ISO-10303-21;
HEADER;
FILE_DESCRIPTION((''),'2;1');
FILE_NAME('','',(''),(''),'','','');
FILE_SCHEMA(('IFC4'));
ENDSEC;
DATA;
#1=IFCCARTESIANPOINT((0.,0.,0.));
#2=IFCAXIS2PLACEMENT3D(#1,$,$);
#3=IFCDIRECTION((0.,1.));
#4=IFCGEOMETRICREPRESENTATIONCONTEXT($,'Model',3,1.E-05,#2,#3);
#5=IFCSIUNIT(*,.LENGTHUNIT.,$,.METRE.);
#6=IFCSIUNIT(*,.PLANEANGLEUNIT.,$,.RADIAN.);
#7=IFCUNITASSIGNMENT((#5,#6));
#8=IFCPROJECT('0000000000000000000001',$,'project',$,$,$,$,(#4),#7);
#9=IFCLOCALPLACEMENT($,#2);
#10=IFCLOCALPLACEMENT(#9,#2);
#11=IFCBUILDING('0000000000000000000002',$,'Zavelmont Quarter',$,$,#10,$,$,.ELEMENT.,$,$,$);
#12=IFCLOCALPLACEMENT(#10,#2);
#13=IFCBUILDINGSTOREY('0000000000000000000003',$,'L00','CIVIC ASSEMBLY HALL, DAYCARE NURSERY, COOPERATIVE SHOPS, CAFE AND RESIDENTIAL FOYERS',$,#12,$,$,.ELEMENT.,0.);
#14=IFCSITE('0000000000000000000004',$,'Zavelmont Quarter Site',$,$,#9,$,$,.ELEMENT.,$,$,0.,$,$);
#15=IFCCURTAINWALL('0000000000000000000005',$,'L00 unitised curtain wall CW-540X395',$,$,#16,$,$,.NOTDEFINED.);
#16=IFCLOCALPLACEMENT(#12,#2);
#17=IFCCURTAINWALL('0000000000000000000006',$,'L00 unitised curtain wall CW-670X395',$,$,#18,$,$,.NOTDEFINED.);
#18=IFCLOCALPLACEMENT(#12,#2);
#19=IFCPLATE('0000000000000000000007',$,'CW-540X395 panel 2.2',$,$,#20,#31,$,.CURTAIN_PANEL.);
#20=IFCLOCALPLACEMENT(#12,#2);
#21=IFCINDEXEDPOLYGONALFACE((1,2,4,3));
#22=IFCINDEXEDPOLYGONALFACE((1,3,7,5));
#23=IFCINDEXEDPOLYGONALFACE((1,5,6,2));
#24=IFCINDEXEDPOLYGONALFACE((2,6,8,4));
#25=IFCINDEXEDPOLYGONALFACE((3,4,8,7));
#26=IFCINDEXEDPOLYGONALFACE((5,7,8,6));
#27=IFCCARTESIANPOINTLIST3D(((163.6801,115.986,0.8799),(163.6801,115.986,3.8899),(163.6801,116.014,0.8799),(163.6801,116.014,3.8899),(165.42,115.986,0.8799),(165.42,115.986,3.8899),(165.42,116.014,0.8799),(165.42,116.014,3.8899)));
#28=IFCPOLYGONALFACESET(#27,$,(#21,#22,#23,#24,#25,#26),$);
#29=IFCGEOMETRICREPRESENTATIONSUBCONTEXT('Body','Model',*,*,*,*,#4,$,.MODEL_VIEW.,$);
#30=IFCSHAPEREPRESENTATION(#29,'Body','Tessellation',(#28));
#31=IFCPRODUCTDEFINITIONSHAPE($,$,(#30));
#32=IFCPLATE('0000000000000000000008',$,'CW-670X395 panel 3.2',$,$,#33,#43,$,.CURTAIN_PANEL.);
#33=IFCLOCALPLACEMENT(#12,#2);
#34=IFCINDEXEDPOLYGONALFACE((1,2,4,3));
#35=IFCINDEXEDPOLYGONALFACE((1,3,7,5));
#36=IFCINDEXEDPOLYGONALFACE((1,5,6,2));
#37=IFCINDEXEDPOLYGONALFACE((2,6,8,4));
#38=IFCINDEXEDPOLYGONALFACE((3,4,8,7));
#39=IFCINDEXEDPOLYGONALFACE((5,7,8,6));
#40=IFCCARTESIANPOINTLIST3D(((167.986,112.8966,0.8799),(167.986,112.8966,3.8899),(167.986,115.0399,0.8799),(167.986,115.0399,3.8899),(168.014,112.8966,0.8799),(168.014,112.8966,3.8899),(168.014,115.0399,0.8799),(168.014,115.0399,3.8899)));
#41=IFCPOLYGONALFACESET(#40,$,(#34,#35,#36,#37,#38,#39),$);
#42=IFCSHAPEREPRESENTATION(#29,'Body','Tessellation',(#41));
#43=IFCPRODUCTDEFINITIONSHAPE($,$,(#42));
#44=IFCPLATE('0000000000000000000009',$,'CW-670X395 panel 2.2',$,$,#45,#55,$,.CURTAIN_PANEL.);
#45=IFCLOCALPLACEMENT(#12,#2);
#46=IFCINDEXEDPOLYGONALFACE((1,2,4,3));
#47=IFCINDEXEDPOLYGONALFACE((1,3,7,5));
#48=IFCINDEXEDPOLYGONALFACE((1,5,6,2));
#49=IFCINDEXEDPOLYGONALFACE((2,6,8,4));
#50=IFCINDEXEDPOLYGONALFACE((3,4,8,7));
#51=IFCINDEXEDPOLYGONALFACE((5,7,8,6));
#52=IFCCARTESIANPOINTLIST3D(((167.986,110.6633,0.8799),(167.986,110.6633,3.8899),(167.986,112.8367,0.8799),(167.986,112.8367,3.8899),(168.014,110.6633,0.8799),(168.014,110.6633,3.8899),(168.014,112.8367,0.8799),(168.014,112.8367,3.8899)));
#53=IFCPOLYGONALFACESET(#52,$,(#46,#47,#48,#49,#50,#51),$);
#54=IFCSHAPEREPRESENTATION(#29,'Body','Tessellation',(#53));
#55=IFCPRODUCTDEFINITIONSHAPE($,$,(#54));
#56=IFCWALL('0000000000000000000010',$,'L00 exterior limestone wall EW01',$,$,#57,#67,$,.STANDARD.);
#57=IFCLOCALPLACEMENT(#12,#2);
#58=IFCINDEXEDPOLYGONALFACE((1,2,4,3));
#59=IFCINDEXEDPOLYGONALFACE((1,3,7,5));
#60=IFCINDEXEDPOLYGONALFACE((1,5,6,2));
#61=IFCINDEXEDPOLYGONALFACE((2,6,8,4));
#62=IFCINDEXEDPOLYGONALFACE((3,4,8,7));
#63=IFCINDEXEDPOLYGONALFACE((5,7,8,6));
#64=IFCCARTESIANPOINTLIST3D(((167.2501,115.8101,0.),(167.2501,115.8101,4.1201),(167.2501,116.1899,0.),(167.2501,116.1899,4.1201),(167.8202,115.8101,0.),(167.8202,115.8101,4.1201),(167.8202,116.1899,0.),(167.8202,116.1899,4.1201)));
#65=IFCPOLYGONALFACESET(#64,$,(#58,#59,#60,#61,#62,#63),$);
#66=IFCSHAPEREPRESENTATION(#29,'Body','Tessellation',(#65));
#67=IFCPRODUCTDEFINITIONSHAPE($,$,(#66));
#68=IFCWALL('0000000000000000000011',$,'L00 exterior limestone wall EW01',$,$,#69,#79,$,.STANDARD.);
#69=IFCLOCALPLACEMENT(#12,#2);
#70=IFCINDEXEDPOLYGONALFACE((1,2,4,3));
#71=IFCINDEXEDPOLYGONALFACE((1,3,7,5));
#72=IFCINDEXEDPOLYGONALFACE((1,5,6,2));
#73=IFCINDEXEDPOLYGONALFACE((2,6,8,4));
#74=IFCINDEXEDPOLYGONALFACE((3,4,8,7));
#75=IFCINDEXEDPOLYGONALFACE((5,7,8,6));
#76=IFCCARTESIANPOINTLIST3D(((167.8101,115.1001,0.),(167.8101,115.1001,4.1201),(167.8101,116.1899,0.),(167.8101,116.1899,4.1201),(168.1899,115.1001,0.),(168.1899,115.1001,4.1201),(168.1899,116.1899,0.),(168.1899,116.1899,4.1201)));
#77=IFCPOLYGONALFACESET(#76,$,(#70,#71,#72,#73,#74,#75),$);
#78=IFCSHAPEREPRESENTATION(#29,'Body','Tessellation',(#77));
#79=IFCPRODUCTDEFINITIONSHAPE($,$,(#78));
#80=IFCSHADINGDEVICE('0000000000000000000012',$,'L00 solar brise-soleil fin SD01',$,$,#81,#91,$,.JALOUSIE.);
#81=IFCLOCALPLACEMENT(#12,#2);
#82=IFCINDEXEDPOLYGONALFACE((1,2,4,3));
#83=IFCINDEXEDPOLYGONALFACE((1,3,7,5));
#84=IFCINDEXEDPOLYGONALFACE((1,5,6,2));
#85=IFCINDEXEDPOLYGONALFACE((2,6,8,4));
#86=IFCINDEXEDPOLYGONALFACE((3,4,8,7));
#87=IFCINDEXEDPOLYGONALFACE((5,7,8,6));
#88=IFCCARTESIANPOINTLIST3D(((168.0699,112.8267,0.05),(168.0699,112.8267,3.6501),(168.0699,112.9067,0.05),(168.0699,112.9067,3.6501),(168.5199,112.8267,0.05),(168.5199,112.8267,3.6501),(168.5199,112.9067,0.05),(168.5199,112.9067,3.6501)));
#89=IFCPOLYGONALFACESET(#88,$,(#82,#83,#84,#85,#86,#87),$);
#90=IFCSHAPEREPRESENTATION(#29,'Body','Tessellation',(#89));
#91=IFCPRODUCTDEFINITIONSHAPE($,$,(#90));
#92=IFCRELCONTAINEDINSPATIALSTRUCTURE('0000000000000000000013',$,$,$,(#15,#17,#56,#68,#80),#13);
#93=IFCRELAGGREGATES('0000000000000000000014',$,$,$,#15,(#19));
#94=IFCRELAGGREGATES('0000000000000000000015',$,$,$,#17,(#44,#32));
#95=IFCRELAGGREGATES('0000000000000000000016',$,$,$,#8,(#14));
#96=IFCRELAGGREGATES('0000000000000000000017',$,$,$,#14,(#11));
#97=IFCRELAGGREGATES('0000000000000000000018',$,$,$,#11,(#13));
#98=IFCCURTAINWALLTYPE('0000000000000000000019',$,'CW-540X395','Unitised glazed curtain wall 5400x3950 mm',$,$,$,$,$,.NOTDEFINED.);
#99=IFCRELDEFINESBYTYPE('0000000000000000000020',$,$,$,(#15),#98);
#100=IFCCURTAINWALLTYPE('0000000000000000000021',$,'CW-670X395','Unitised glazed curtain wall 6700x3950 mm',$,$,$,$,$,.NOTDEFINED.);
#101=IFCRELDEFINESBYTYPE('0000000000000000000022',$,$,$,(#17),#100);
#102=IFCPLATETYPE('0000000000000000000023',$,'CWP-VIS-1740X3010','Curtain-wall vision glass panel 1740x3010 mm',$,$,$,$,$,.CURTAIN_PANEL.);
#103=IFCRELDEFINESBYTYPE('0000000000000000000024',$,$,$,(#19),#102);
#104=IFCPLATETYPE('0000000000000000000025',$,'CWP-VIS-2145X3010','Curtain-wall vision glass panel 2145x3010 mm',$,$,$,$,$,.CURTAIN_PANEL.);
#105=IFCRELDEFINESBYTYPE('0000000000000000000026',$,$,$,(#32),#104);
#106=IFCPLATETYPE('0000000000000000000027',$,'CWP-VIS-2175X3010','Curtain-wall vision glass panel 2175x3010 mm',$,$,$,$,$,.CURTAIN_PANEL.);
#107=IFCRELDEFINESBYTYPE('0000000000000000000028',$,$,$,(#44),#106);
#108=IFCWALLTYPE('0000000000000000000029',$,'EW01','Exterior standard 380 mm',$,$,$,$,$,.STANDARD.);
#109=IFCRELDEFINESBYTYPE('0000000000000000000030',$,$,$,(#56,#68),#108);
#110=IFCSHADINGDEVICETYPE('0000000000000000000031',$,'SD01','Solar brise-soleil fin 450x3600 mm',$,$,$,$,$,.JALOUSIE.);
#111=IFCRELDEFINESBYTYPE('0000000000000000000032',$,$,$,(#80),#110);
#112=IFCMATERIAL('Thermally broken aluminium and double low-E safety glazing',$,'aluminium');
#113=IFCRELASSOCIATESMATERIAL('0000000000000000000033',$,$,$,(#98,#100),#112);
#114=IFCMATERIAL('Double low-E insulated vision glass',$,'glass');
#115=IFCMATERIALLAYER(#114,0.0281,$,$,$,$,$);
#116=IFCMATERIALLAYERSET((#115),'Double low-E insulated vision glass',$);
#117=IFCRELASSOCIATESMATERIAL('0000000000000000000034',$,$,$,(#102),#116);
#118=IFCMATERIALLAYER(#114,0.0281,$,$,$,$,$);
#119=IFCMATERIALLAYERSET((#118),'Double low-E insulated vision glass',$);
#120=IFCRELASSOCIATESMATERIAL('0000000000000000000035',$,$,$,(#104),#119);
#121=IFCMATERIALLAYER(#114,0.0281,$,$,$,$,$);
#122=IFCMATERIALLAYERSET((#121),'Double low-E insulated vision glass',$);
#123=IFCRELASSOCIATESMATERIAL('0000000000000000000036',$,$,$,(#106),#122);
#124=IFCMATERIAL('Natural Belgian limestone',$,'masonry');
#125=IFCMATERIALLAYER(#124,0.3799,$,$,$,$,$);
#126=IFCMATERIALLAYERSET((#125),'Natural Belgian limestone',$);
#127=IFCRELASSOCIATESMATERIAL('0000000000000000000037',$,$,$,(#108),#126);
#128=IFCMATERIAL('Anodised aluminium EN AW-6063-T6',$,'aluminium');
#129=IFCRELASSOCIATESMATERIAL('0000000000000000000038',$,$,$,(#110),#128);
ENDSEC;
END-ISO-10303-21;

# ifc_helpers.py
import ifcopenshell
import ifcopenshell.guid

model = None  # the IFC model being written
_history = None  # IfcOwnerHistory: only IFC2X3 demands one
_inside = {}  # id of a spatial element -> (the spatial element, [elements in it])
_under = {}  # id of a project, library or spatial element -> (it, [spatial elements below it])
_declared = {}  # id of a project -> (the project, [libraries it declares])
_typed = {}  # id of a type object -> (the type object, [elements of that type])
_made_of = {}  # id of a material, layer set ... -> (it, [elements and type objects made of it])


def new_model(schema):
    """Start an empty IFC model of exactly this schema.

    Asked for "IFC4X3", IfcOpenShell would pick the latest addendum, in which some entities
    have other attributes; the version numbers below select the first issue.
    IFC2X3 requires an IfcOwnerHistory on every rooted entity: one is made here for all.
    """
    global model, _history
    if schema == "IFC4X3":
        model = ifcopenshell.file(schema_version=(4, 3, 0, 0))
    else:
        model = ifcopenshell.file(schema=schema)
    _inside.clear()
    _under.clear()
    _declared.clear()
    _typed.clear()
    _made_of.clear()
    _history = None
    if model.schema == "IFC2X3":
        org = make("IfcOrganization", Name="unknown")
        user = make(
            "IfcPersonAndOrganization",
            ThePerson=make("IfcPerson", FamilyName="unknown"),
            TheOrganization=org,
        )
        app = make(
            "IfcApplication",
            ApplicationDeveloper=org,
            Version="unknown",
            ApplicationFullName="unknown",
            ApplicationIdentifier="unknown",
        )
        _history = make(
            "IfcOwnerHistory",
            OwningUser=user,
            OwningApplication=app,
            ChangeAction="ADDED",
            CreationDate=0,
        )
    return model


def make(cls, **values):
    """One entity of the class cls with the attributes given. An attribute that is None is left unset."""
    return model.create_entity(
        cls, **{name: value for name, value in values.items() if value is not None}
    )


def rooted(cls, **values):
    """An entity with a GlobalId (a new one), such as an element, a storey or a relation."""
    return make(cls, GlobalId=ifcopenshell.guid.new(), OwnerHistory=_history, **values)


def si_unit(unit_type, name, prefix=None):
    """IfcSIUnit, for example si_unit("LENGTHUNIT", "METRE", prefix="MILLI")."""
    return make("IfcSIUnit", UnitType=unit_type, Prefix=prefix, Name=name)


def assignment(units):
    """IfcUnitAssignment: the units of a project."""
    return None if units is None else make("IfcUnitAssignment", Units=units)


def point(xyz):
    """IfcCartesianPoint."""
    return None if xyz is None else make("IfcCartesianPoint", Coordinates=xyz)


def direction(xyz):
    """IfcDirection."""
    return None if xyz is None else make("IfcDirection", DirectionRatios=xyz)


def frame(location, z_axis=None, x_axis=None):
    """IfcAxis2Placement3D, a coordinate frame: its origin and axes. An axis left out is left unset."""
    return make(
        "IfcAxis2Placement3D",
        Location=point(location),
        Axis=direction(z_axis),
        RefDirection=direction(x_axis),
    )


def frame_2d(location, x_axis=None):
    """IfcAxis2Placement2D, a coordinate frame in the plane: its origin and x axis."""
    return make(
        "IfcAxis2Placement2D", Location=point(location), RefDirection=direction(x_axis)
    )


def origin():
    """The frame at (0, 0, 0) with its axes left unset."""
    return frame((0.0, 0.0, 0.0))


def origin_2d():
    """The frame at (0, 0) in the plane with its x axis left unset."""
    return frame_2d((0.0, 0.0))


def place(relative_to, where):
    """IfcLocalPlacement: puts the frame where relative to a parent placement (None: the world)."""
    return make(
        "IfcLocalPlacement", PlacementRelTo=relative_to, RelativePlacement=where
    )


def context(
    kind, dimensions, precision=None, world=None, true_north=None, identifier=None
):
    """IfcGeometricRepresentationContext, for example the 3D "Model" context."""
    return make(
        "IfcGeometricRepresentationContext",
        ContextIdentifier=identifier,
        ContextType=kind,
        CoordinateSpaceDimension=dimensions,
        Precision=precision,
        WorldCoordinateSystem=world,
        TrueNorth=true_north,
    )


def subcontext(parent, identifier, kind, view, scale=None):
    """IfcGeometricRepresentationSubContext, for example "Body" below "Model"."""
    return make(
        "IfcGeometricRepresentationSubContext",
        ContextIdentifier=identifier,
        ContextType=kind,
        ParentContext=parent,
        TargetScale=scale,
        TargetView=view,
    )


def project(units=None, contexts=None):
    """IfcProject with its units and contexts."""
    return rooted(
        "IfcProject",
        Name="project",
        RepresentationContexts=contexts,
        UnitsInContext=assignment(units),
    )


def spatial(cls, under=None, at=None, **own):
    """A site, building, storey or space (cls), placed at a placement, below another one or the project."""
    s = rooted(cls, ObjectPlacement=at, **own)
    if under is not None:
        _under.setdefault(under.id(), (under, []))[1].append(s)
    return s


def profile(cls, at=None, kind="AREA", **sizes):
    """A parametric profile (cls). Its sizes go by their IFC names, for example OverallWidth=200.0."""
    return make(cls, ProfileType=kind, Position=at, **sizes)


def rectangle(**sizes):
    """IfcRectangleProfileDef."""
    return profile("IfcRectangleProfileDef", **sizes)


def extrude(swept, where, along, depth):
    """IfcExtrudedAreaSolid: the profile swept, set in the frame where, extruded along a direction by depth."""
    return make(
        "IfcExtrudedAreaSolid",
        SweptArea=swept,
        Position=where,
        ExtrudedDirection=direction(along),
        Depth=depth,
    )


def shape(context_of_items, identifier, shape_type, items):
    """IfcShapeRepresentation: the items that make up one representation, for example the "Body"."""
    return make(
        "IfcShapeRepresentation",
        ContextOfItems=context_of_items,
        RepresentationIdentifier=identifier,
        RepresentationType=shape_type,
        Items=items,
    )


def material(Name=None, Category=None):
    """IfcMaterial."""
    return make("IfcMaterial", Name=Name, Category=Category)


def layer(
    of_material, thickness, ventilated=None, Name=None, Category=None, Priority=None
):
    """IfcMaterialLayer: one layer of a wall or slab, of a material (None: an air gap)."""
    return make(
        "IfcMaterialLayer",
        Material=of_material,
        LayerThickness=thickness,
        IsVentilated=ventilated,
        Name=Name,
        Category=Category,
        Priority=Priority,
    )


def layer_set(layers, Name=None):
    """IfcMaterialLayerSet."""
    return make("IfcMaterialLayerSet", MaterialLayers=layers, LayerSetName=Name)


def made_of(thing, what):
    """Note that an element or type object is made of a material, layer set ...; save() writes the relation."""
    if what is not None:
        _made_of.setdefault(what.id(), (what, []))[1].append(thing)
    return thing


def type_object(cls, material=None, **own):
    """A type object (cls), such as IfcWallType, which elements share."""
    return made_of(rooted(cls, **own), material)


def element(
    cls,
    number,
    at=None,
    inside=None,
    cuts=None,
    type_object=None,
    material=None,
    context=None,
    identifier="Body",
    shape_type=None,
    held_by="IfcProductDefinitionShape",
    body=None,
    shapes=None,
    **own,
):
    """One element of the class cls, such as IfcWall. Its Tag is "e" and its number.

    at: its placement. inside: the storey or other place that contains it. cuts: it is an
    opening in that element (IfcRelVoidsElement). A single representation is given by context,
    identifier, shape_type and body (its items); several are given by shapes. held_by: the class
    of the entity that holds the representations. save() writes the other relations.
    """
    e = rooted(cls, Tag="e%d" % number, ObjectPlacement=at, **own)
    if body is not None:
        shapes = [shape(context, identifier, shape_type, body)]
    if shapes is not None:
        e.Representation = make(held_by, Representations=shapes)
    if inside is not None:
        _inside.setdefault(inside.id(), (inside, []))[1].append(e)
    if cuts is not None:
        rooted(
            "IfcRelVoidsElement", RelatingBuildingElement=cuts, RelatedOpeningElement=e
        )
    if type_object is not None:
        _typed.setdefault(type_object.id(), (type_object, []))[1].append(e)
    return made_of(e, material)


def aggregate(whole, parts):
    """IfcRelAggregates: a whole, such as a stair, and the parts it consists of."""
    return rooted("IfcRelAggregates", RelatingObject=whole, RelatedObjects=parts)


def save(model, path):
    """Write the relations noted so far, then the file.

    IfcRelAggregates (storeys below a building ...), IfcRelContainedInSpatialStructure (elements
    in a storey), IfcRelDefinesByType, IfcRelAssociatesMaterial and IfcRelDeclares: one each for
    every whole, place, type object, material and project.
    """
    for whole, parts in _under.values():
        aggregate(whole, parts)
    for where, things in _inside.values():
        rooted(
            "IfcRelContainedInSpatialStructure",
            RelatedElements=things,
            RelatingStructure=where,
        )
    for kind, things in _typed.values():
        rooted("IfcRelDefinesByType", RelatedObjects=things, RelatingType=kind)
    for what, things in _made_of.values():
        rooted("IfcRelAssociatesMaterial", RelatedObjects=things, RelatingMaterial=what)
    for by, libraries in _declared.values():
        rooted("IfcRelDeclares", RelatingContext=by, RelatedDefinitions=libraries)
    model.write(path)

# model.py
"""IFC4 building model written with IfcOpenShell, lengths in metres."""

from ifc_helpers import new_model, si_unit, direction, frame, frame_2d, origin, origin_2d, place, context, subcontext, project, spatial, rectangle, extrude, material, layer, layer_set, type_object, element, aggregate, save


model = new_model("IFC4")

# Units and contexts
model_context = context("Model", 3, precision=1e-05, world=origin(), true_north=direction((0.0, 1.0)))
body_context = subcontext(model_context, "Body", "Model", "MODEL_VIEW")
ifc_project = project(units=[si_unit("LENGTHUNIT", "METRE"), si_unit("PLANEANGLEUNIT", "RADIAN")], contexts=[model_context])

# Site, building, storey
site_placement = place(None, origin())
site = spatial("IfcSite", under=ifc_project, at=site_placement, Name="Zavelmont Quarter Site", CompositionType="ELEMENT", RefElevation=0.0)
building_placement = place(site_placement, origin())
building = spatial("IfcBuilding", under=site, at=building_placement, Name="Zavelmont Quarter", CompositionType="ELEMENT")
storey_placement = place(building_placement, origin())
storey = spatial("IfcBuildingStorey", under=building, at=storey_placement, Name="L00", Description="CIVIC ASSEMBLY HALL, DAYCARE NURSERY, COOPERATIVE SHOPS, CAFE AND RESIDENTIAL FOYERS", CompositionType="ELEMENT", Elevation=0.0)

# Curtain walls
ifc_material_1 = material(Name="Thermally broken aluminium and double low-E safety glazing", Category="aluminium")
curtain_wall_type_1 = type_object("IfcCurtainWallType", Name="CW-540X395", Description="Unitised glazed curtain wall 5400x3950 mm", PredefinedType="NOTDEFINED", material=ifc_material_1)
curtain_wall_1_placement = place(storey_placement, origin())
curtain_wall_1 = element("IfcCurtainWall", 1, at=curtain_wall_1_placement, inside=storey, type_object=curtain_wall_type_1, Name="L00 unitised curtain wall CW-540X395", PredefinedType="NOTDEFINED")
curtain_wall_type_2 = type_object("IfcCurtainWallType", Name="CW-670X395", Description="Unitised glazed curtain wall 6700x3950 mm", PredefinedType="NOTDEFINED", material=ifc_material_1)
curtain_wall_2_placement = place(storey_placement, origin())
curtain_wall_2 = element("IfcCurtainWall", 2, at=curtain_wall_2_placement, inside=storey, type_object=curtain_wall_type_2, Name="L00 unitised curtain wall CW-670X395", PredefinedType="NOTDEFINED")

# Plates
ifc_material_2 = material(Name="Double low-E insulated vision glass", Category="glass")
ifc_layer_1 = layer(ifc_material_2, 0.0281)
ifc_layer_set_1 = layer_set([ifc_layer_1], Name="Double low-E insulated vision glass")
plate_type_1 = type_object("IfcPlateType", Name="CWP-VIS-1740X3010", Description="Curtain-wall vision glass panel 1740x3010 mm", PredefinedType="CURTAIN_PANEL", material=ifc_layer_set_1)
plate_1_placement = place(storey_placement, frame((164.55, 116.0, 0.8799), z_axis=(0.0, 0.0, 1.0), x_axis=(1.0, 0.0, 0.0)))
plate_1 = element("IfcPlate", 3, at=plate_1_placement, type_object=plate_type_1, Name="CW-540X395 panel 2.2", PredefinedType="CURTAIN_PANEL", context=body_context, shape_type="SweptSolid", body=[
    extrude(rectangle(XDim=1.74, YDim=0.0281, at=origin_2d()), origin(), (0.0, 0.0, 1.0), 3.01),
])
aggregate(curtain_wall_1, [plate_1])
ifc_layer_2 = layer(ifc_material_2, 0.0281)
ifc_layer_set_2 = layer_set([ifc_layer_2], Name="Double low-E insulated vision glass")
plate_type_2 = type_object("IfcPlateType", Name="CWP-VIS-2145X3010", Description="Curtain-wall vision glass panel 2145x3010 mm", PredefinedType="CURTAIN_PANEL", material=ifc_layer_set_2)
plate_2_placement = place(storey_placement, frame((168.0, 113.9683, 0.8799), z_axis=(0.0, 0.0, 1.0), x_axis=(0.0, 1.0, 0.0)))
plate_2 = element("IfcPlate", 4, at=plate_2_placement, type_object=plate_type_2, Name="CW-670X395 panel 3.2", PredefinedType="CURTAIN_PANEL", context=body_context, shape_type="SweptSolid", body=[
    extrude(rectangle(XDim=2.1433, YDim=0.0281, at=origin_2d()), origin(), (0.0, 0.0, 1.0), 3.01),
])
ifc_layer_3 = layer(ifc_material_2, 0.0281)
ifc_layer_set_3 = layer_set([ifc_layer_3], Name="Double low-E insulated vision glass")
plate_type_3 = type_object("IfcPlateType", Name="CWP-VIS-2175X3010", Description="Curtain-wall vision glass panel 2175x3010 mm", PredefinedType="CURTAIN_PANEL", material=ifc_layer_set_3)
plate_3_placement = place(storey_placement, frame((168.0, 111.75, 0.8799), z_axis=(0.0, 0.0, 1.0), x_axis=(0.0, 1.0, 0.0)))
plate_3 = element("IfcPlate", 5, at=plate_3_placement, type_object=plate_type_3, Name="CW-670X395 panel 2.2", PredefinedType="CURTAIN_PANEL", context=body_context, shape_type="SweptSolid", body=[
    extrude(rectangle(XDim=2.1733, YDim=0.0281, at=origin_2d()), origin(), (0.0, 0.0, 1.0), 3.01),
])
aggregate(curtain_wall_2, [plate_3, plate_2])

# Walls
ifc_material_3 = material(Name="Natural Belgian limestone", Category="masonry")
ifc_layer_4 = layer(ifc_material_3, 0.3799)
ifc_layer_set_4 = layer_set([ifc_layer_4], Name="Natural Belgian limestone")
wall_type = type_object("IfcWallType", Name="EW01", Description="Exterior standard 380 mm", PredefinedType="STANDARD", material=ifc_layer_set_4)
wall_1_placement = place(storey_placement, frame((167.25, 116.0, 0.0), z_axis=(0.0, 0.0, 1.0), x_axis=(1.0, 0.0, 0.0)))
element("IfcWall", 6, at=wall_1_placement, inside=storey, type_object=wall_type, Name="L00 exterior limestone wall EW01", PredefinedType="STANDARD", context=body_context, shape_type="SweptSolid", body=[
    extrude(rectangle(XDim=0.5701, YDim=0.3799, at=frame_2d((0.2852, 0.0))), origin(), (0.0, 0.0, 1.0), 4.1201),
])
wall_2_placement = place(storey_placement, frame((168.0, 115.1001, 0.0), z_axis=(0.0, 0.0, 1.0), x_axis=(0.0, 1.0, 0.0)))
element("IfcWall", 7, at=wall_2_placement, inside=storey, type_object=wall_type, Name="L00 exterior limestone wall EW01", PredefinedType="STANDARD", context=body_context, shape_type="SweptSolid", body=[
    extrude(rectangle(XDim=1.0898, YDim=0.3799, at=frame_2d((0.5449, 0.0))), origin(), (0.0, 0.0, 1.0), 4.1201),
])

# Shading device
ifc_material_4 = material(Name="Anodised aluminium EN AW-6063-T6", Category="aluminium")
shading_device_type = type_object("IfcShadingDeviceType", Name="SD01", Description="Solar brise-soleil fin 450x3600 mm", PredefinedType="JALOUSIE", material=ifc_material_4)
shading_device_placement = place(storey_placement, frame((168.2949, 112.8667, 0.05), z_axis=(0.0, 0.0, 1.0), x_axis=(0.0, 1.0, 0.0)))
element("IfcShadingDevice", 8, at=shading_device_placement, inside=storey, type_object=shading_device_type, Name="L00 solar brise-soleil fin SD01", PredefinedType="JALOUSIE", context=body_context, shape_type="SweptSolid", body=[
    extrude(rectangle(XDim=0.0801, YDim=0.45, at=origin_2d()), origin(), (0.0, 0.0, 1.0), 3.6001),
])

save(model, "model.ifc")
